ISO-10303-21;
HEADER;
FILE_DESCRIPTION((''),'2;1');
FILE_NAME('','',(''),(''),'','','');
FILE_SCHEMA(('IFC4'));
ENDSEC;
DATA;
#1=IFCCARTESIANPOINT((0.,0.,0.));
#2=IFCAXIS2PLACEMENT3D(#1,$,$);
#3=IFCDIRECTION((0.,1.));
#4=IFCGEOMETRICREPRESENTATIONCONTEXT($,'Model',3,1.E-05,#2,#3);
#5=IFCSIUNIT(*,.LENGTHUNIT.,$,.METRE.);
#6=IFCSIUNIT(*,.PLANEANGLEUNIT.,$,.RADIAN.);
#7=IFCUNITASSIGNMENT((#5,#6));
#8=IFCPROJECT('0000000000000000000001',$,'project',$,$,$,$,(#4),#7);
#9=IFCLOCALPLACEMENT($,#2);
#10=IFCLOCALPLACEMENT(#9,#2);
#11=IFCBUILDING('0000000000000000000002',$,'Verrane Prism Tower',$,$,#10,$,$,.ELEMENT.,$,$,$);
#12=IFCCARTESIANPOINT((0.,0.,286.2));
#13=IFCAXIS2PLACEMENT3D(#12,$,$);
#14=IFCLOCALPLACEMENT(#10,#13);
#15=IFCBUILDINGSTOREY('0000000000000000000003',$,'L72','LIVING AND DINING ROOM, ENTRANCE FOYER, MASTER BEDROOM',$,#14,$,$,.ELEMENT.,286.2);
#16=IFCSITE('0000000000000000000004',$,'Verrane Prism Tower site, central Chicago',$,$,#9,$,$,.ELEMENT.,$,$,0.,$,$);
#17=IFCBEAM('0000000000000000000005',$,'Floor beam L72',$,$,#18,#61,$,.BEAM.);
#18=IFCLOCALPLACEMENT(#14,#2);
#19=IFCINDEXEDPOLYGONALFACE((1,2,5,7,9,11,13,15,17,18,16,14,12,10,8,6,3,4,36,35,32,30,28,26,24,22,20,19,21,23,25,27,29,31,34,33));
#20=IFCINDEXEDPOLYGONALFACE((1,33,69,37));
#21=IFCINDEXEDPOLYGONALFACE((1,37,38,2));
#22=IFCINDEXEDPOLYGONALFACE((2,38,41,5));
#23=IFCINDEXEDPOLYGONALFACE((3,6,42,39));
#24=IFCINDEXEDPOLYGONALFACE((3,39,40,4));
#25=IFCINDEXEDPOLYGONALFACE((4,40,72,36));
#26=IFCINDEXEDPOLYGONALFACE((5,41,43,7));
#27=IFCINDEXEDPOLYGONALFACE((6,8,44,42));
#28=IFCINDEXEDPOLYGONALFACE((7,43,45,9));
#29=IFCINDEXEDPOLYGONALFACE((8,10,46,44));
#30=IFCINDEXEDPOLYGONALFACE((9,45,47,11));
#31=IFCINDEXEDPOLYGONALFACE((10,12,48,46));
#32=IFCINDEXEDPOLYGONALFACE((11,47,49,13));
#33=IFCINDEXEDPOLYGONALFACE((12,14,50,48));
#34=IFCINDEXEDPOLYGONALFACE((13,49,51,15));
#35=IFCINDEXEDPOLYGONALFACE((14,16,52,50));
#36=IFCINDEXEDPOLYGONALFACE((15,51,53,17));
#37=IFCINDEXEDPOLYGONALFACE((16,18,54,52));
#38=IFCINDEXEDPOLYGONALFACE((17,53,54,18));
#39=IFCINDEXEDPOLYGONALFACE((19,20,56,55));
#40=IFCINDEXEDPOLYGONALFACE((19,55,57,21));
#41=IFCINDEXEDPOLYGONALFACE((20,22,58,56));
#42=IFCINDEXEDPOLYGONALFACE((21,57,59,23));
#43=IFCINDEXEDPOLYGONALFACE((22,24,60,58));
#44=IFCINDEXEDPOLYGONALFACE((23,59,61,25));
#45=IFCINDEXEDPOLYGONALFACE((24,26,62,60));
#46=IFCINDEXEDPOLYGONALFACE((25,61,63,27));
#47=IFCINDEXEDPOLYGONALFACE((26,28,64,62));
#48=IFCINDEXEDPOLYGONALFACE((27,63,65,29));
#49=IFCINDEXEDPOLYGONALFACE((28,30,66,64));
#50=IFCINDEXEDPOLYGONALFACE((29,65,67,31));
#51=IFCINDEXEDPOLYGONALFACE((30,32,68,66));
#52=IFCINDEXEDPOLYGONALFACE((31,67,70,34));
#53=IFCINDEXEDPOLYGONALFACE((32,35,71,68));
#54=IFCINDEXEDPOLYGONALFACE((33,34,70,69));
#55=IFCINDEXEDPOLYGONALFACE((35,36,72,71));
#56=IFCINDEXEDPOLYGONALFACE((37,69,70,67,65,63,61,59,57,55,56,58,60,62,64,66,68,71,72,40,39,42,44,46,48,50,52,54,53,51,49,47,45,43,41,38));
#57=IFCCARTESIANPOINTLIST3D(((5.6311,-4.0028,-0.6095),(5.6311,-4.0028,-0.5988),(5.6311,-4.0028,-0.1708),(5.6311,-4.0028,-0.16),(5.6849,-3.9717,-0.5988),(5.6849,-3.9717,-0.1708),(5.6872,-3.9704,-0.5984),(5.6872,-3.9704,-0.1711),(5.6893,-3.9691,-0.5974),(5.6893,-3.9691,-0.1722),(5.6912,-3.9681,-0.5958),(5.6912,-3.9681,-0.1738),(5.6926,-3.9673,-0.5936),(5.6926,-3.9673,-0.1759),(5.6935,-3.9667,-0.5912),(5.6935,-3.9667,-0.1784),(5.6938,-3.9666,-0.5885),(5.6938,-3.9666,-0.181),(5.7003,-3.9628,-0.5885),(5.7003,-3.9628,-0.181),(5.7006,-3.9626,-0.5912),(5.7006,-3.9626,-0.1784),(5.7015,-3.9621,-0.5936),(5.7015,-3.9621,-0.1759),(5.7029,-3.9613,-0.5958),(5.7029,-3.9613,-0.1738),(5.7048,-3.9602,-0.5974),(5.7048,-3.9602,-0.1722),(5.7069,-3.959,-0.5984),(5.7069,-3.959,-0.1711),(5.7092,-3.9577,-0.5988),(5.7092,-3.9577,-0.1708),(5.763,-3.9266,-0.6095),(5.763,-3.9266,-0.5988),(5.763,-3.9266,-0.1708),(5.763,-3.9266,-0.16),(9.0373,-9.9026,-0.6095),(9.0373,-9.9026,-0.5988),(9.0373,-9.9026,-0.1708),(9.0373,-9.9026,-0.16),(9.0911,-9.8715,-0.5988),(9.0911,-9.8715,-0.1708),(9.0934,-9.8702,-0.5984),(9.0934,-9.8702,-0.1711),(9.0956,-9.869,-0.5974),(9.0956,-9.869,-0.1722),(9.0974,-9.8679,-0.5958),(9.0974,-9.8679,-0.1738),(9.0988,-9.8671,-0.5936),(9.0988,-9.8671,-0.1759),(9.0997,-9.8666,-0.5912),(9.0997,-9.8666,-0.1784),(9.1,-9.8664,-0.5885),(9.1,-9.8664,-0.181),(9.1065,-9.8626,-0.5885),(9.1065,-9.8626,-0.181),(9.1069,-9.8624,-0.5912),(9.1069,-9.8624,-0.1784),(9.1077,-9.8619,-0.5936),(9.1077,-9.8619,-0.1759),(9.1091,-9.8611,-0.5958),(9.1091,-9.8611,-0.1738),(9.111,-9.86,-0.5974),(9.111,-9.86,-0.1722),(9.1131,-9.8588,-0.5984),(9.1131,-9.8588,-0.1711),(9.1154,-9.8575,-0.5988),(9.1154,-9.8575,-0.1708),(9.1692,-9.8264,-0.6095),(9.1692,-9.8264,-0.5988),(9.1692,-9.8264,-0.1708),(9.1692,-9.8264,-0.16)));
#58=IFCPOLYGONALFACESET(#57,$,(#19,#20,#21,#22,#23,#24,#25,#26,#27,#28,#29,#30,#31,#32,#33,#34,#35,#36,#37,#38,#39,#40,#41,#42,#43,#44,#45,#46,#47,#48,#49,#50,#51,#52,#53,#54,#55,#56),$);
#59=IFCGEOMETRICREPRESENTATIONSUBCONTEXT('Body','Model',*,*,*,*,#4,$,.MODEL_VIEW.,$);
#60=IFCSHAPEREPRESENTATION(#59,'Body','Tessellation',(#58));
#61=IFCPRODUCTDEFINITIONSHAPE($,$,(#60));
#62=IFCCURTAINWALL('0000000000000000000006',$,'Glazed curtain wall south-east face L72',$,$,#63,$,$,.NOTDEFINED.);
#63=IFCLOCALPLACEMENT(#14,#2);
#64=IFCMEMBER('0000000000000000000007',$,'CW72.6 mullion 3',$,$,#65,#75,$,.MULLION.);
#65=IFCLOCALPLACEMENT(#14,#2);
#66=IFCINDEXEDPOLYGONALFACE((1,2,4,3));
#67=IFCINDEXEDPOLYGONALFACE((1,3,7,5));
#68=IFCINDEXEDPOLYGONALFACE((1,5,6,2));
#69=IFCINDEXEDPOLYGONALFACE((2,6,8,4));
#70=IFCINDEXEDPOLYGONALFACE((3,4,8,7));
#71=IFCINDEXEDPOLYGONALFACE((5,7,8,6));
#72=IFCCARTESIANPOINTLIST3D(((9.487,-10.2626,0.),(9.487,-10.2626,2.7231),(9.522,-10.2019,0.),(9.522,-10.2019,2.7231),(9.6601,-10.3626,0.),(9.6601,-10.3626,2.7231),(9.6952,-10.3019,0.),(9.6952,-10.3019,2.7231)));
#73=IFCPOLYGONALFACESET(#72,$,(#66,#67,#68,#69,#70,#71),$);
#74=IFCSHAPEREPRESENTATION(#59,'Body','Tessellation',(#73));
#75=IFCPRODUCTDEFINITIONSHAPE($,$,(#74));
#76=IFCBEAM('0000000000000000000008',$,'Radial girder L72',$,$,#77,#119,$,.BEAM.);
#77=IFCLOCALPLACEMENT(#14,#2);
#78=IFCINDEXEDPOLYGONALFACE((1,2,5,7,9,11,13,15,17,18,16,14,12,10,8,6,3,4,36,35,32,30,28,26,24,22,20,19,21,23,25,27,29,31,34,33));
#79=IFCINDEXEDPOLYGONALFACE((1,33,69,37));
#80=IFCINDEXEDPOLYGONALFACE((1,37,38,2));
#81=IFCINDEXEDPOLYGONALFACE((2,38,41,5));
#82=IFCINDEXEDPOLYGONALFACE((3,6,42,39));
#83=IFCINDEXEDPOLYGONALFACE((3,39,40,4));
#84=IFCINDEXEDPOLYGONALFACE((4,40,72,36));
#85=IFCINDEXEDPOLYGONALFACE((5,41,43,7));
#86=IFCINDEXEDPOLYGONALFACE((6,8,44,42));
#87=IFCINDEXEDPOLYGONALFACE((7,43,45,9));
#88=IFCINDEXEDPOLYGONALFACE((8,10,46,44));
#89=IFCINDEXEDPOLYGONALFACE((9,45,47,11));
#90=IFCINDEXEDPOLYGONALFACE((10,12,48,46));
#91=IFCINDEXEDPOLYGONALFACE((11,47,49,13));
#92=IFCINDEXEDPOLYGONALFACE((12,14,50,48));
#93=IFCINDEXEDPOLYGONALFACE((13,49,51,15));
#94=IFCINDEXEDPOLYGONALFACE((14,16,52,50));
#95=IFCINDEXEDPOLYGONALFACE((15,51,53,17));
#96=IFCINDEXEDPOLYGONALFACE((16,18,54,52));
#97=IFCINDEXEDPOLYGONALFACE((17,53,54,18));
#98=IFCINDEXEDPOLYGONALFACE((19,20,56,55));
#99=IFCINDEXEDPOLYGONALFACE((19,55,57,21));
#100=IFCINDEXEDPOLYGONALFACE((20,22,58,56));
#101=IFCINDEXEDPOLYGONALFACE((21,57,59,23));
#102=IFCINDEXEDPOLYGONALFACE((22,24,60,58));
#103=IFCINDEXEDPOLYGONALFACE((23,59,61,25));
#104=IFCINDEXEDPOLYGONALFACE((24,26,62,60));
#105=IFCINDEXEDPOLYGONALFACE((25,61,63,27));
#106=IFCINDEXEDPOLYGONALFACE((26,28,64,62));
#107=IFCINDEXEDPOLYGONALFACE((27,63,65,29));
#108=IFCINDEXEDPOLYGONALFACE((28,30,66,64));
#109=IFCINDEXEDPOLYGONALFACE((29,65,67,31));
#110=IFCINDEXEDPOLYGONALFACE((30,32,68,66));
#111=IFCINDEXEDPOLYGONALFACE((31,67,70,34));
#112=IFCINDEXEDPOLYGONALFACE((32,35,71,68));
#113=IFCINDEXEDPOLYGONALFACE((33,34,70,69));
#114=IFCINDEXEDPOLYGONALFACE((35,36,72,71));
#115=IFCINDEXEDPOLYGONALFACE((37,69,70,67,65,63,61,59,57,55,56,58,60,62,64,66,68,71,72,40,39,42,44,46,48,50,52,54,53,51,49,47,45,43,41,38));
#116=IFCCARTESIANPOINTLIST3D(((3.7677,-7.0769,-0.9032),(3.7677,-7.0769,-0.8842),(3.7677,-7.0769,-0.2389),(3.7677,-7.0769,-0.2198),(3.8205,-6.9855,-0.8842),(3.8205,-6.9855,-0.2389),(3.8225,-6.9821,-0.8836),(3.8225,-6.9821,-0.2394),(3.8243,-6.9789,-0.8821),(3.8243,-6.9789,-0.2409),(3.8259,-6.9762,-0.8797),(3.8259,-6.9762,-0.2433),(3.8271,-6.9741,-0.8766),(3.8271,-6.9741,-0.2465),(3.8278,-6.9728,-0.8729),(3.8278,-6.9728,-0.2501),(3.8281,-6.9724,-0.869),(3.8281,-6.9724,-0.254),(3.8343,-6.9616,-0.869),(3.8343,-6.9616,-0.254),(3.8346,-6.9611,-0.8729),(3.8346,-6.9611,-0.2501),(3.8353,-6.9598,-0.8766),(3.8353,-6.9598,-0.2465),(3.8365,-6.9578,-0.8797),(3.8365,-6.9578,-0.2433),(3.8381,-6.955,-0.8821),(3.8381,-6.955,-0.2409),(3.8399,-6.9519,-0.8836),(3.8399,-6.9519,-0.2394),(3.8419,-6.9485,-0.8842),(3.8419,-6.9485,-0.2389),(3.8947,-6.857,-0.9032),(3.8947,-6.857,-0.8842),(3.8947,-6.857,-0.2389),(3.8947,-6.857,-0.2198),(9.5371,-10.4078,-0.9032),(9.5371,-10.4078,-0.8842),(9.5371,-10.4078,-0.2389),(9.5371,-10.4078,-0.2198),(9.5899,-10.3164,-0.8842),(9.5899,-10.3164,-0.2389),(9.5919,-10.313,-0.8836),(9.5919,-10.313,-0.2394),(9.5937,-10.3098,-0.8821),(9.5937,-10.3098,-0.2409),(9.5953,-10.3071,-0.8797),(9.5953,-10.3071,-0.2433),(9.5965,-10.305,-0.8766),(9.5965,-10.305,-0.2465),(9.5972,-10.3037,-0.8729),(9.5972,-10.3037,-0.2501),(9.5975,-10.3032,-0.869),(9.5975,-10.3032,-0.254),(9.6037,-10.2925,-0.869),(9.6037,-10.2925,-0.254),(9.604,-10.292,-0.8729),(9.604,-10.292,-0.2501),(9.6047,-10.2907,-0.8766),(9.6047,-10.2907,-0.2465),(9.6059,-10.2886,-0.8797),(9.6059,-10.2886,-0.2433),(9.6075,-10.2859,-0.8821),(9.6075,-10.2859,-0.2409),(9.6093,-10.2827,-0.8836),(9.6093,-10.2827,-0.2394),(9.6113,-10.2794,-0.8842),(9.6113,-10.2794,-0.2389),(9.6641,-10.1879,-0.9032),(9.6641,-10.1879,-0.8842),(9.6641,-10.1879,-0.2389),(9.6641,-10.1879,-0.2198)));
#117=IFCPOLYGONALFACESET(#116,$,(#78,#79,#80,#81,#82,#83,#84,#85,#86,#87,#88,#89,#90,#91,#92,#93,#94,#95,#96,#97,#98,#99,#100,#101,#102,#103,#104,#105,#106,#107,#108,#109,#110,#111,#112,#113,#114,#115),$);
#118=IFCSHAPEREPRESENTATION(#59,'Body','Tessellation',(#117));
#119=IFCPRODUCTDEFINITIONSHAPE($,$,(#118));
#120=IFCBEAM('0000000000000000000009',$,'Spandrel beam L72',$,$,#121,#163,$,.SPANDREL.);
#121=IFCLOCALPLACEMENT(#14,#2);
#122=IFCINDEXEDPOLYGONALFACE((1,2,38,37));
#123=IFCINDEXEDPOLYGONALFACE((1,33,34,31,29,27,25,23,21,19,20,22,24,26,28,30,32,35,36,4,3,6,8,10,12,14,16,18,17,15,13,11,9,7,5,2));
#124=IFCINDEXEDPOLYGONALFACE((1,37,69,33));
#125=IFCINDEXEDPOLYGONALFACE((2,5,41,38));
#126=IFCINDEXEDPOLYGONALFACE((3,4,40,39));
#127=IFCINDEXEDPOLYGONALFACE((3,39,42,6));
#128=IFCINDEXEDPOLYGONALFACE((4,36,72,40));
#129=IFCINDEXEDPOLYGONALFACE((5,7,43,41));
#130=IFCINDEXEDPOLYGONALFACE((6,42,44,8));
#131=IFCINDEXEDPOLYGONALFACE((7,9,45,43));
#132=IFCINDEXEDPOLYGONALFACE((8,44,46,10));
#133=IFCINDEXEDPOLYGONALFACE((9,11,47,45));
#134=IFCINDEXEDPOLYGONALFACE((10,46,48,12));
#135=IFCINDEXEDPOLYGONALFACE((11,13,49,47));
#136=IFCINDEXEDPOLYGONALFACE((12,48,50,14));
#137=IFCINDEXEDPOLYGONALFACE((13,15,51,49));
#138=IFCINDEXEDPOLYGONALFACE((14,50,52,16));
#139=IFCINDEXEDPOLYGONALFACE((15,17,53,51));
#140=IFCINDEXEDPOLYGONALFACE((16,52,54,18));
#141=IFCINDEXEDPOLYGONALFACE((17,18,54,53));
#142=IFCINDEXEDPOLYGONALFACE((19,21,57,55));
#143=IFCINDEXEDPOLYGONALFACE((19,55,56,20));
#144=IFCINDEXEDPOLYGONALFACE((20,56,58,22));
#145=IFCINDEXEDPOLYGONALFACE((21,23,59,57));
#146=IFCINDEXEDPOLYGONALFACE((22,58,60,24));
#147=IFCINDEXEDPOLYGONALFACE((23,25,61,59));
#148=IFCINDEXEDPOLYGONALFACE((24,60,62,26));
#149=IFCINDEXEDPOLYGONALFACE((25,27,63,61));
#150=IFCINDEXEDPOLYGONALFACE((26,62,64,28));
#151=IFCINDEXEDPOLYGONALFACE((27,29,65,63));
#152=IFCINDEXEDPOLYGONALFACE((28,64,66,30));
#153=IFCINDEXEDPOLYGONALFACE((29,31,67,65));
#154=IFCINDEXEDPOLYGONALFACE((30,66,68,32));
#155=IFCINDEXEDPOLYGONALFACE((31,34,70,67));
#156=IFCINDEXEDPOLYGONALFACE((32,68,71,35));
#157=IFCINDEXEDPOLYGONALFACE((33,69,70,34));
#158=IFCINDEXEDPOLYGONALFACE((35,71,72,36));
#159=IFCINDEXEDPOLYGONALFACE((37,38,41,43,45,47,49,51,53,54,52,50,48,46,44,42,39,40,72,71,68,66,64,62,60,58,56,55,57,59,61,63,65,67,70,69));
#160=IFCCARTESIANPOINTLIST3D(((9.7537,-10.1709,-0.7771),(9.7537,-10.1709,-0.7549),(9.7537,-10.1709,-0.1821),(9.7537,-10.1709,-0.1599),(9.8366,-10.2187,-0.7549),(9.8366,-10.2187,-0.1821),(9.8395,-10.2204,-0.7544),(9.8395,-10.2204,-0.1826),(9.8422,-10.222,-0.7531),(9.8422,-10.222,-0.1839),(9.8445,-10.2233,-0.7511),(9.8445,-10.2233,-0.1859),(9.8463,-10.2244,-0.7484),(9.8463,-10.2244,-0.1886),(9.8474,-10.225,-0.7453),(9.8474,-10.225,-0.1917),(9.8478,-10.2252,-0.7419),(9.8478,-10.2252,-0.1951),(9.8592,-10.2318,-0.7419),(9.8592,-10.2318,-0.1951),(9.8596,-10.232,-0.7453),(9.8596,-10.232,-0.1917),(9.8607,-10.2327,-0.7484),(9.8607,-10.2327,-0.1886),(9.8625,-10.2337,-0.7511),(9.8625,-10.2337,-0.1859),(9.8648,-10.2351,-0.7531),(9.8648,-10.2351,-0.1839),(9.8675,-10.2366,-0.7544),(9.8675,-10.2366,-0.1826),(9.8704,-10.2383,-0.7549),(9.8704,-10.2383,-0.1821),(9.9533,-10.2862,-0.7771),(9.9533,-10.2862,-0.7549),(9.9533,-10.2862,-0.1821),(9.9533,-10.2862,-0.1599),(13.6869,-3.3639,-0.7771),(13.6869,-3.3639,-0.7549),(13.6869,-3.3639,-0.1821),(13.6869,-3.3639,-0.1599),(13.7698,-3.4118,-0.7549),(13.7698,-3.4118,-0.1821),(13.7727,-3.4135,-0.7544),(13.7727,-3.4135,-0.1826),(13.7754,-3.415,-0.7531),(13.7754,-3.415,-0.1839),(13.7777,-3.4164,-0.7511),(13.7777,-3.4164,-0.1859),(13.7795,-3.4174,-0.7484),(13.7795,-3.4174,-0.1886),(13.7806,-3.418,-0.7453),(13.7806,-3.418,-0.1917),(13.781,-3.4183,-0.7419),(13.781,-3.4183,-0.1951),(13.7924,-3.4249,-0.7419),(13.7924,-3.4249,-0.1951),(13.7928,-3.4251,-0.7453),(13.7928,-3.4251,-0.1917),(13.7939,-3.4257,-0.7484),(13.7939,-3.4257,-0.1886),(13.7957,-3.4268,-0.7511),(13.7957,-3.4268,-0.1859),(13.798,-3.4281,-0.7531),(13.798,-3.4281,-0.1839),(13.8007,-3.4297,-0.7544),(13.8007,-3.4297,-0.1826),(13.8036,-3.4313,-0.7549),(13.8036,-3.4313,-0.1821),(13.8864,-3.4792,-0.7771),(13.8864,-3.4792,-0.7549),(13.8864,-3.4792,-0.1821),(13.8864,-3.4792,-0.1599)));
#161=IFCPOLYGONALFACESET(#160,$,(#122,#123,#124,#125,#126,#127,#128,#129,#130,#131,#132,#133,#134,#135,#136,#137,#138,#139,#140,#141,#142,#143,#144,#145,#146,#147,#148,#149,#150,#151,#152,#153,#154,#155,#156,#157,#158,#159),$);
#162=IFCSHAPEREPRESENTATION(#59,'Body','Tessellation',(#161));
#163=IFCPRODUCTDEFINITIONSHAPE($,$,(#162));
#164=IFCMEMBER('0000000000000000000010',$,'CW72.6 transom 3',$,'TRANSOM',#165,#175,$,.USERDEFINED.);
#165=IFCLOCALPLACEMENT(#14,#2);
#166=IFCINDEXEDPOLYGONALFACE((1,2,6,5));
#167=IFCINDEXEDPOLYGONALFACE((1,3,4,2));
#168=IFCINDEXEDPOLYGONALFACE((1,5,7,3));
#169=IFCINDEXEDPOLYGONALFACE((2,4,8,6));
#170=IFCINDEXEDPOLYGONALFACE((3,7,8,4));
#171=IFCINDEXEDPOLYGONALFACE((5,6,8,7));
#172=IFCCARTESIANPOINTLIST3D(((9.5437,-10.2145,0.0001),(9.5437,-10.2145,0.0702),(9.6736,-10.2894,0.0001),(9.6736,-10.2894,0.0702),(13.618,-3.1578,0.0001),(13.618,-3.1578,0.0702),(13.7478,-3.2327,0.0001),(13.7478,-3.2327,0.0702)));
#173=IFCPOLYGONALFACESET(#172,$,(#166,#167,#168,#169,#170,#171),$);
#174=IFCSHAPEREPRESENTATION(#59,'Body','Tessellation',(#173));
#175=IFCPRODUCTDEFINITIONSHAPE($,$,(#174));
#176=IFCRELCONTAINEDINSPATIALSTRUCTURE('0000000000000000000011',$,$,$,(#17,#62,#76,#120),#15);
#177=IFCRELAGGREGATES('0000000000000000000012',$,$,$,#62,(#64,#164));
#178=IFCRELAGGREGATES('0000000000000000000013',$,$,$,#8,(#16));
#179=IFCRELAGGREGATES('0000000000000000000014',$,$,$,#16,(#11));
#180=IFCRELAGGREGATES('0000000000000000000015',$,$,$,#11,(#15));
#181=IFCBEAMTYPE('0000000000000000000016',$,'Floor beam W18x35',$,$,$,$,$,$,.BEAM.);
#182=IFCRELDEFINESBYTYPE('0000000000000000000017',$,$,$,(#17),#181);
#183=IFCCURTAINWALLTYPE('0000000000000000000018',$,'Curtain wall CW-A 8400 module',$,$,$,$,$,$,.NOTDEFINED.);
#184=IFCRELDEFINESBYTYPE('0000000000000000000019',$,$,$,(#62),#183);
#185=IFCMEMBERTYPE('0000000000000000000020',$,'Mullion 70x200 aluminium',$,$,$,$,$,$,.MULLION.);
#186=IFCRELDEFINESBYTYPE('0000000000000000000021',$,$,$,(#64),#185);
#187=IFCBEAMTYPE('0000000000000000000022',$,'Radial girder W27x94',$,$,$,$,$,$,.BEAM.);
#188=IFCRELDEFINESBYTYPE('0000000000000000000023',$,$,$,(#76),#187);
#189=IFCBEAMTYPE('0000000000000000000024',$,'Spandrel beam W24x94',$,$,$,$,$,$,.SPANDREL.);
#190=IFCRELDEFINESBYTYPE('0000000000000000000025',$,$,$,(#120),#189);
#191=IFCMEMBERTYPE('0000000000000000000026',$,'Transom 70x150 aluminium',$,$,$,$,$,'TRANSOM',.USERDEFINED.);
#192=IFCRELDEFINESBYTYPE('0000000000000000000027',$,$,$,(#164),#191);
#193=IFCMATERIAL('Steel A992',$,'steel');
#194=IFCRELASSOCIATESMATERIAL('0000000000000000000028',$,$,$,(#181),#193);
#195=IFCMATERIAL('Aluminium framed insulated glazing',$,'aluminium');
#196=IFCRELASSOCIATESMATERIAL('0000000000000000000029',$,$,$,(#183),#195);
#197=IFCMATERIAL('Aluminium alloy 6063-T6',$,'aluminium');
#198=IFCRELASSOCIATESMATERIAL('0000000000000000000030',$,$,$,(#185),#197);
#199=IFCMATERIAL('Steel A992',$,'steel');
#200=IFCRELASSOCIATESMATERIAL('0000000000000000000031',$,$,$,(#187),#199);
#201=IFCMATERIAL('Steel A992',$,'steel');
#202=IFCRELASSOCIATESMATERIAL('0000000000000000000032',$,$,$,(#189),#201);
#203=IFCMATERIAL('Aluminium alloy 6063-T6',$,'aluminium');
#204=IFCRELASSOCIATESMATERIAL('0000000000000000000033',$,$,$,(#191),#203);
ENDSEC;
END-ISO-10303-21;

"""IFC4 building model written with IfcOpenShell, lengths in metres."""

from ifc_helpers import new_model, si_unit, direction, frame, origin, origin_2d, place, context, subcontext, project, spatial, rectangle, i_section, extrude, material, material_profile, profile_set, type_object, element, aggregate, save


model = new_model("IFC4")

# Units and contexts
model_context = context("Model", 3, precision=1e-05, world=origin(), true_north=direction((0.0, 1.0)))
body_context = subcontext(model_context, "Body", "Model", "MODEL_VIEW")
ifc_project = project(units=[si_unit("LENGTHUNIT", "METRE"), si_unit("PLANEANGLEUNIT", "RADIAN")], contexts=[model_context])

# Site, building, storey
site_placement = place(None, origin())
site = spatial("IfcSite", under=ifc_project, at=site_placement, Name="Verrane Prism Tower site, central Chicago", CompositionType="ELEMENT", RefElevation=0.0)
building_placement = place(site_placement, origin())
building = spatial("IfcBuilding", under=site, at=building_placement, Name="Verrane Prism Tower", CompositionType="ELEMENT")
storey_placement = place(building_placement, frame((0.0, 0.0, 286.2)))
storey = spatial("IfcBuildingStorey", under=building, at=storey_placement, Name="L72", Description="LIVING AND DINING ROOM, ENTRANCE FOYER, MASTER BEDROOM", CompositionType="ELEMENT", Elevation=286.2)

# Beam
ifc_material_1 = material(Name="Steel A992", Category="steel")
ifc_material_profile_1 = material_profile(ifc_material_1, i_section(OverallWidth=0.1523, OverallDepth=0.4495, WebThickness=0.0076, FlangeThickness=0.0107, FilletRadius=0.0103, at=origin_2d()), Name="W18x35")
ifc_profile_set_1 = profile_set([ifc_material_profile_1], Name="Steel A992")
beam_type_1 = type_object("IfcBeamType", Name="Floor beam W18x35", PredefinedType="BEAM", material=ifc_profile_set_1)
beam_1_placement = place(storey_placement, frame((9.1033, -9.8645, -0.3848), z_axis=(-0.499993, 0.866029, 0.0), x_axis=(-0.866029, -0.499993, 0.0)))
element("IfcBeam", 1, at=beam_1_placement, inside=storey, type_object=beam_type_1, Name="Floor beam L72", PredefinedType="BEAM", context=body_context, shape_type="SweptSolid", body=[
    extrude(i_section(OverallWidth=0.1523, OverallDepth=0.4495, WebThickness=0.0076, FlangeThickness=0.0107, FilletRadius=0.0103, at=origin_2d()), origin(), (0.0, 0.0, 1.0), 6.8125),
])

# Curtain wall, member
ifc_material_2 = material(Name="Aluminium framed insulated glazing", Category="aluminium")
curtain_wall_type = type_object("IfcCurtainWallType", Name="Curtain wall CW-A 8400 module", PredefinedType="NOTDEFINED", material=ifc_material_2)
curtain_wall_placement = place(storey_placement, origin())
curtain_wall = element("IfcCurtainWall", 2, at=curtain_wall_placement, inside=storey, type_object=curtain_wall_type, Name="Glazed curtain wall south-east face L72", PredefinedType="NOTDEFINED")
ifc_material_3 = material(Name="Aluminium alloy 6063-T6", Category="aluminium")
ifc_material_profile_2 = material_profile(ifc_material_3, rectangle(XDim=0.2, YDim=0.0701, at=origin_2d()), Name="Mullion 70x200 aluminium")
ifc_profile_set_2 = profile_set([ifc_material_profile_2], Name="Aluminium alloy 6063-T6")
member_type_1 = type_object("IfcMemberType", Name="Mullion 70x200 aluminium", PredefinedType="MULLION", material=ifc_profile_set_2)
member_1_placement = place(storey_placement, frame((9.5911, -10.2822, 0.0), z_axis=(0.0, 0.0, 1.0), x_axis=(-0.866025, 0.500001, 0.0)))
member_1 = element("IfcMember", 3, at=member_1_placement, type_object=member_type_1, Name="CW72.6 mullion 3", PredefinedType="MULLION", context=body_context, shape_type="SweptSolid", body=[
    extrude(rectangle(XDim=0.2, YDim=0.0701, at=origin_2d()), origin(), (0.0, 0.0, 1.0), 2.7231),
])

# Beams
ifc_material_4 = material(Name="Steel A992", Category="steel")
ifc_material_profile_3 = material_profile(ifc_material_4, i_section(OverallWidth=0.2539, OverallDepth=0.6833, WebThickness=0.0125, FlangeThickness=0.019, FilletRadius=0.0151, at=origin_2d()), Name="W27x94")
ifc_profile_set_3 = profile_set([ifc_material_profile_3], Name="Steel A992")
beam_type_2 = type_object("IfcBeamType", Name="Radial girder W27x94", PredefinedType="BEAM", material=ifc_profile_set_3)
beam_2_placement = place(storey_placement, frame((9.6006, -10.2979, -0.5615), z_axis=(-0.866031, 0.49999, 0.0), x_axis=(-0.49999, -0.866031, 0.0)))
element("IfcBeam", 4, at=beam_2_placement, inside=storey, type_object=beam_type_2, Name="Radial girder L72", PredefinedType="BEAM", context=body_context, shape_type="SweptSolid", body=[
    extrude(i_section(OverallWidth=0.2539, OverallDepth=0.6833, WebThickness=0.0125, FlangeThickness=0.019, FilletRadius=0.0151, at=origin_2d()), origin(), (0.0, 0.0, 1.0), 6.6619),
])
ifc_material_5 = material(Name="Steel A992", Category="steel")
ifc_material_profile_4 = material_profile(ifc_material_5, i_section(OverallWidth=0.2305, OverallDepth=0.6172, WebThickness=0.0132, FlangeThickness=0.0222, FilletRadius=0.0129, at=origin_2d()), Name="W24x94")
ifc_profile_set_4 = profile_set([ifc_material_profile_4], Name="Steel A992")
beam_type_3 = type_object("IfcBeamType", Name="Spandrel beam W24x94", PredefinedType="SPANDREL", material=ifc_profile_set_4)
beam_3_placement = place(storey_placement, frame((9.8535, -10.2285, -0.4685), z_axis=(0.5003, 0.865852, 0.0), x_axis=(-0.865852, 0.5003, 0.0)))
element("IfcBeam", 5, at=beam_3_placement, inside=storey, type_object=beam_type_3, Name="Spandrel beam L72", PredefinedType="SPANDREL", context=body_context, shape_type="SweptSolid", body=[
    extrude(i_section(OverallWidth=0.2305, OverallDepth=0.6172, WebThickness=0.0132, FlangeThickness=0.0222, FilletRadius=0.0129, at=origin_2d()), origin(), (0.0, 0.0, 1.0), 7.8616),
])

# Member
ifc_material_6 = material(Name="Aluminium alloy 6063-T6", Category="aluminium")
ifc_material_profile_5 = material_profile(ifc_material_6, rectangle(XDim=0.1499, YDim=0.0701, at=origin_2d()), Name="Transom 70x150 aluminium")
ifc_profile_set_5 = profile_set([ifc_material_profile_5], Name="Aluminium alloy 6063-T6")
member_type_2 = type_object("IfcMemberType", Name="Transom 70x150 aluminium", ElementType="TRANSOM", PredefinedType="USERDEFINED", material=ifc_profile_set_5)
member_2_placement = place(storey_placement, frame((9.6086, -10.252, 0.0352), z_axis=(0.500006, 0.866022, 0.0), x_axis=(-0.866022, 0.500006, 0.0)))
member_2 = element("IfcMember", 6, at=member_2_placement, type_object=member_type_2, Name="CW72.6 transom 3", ObjectType="TRANSOM", PredefinedType="USERDEFINED", context=body_context, shape_type="SweptSolid", body=[
    extrude(rectangle(XDim=0.1499, YDim=0.0701, at=origin_2d()), origin(), (0.0, 0.0, 1.0), 8.1484),
])
aggregate(curtain_wall, [member_1, member_2])

save(model, "model.ifc")
